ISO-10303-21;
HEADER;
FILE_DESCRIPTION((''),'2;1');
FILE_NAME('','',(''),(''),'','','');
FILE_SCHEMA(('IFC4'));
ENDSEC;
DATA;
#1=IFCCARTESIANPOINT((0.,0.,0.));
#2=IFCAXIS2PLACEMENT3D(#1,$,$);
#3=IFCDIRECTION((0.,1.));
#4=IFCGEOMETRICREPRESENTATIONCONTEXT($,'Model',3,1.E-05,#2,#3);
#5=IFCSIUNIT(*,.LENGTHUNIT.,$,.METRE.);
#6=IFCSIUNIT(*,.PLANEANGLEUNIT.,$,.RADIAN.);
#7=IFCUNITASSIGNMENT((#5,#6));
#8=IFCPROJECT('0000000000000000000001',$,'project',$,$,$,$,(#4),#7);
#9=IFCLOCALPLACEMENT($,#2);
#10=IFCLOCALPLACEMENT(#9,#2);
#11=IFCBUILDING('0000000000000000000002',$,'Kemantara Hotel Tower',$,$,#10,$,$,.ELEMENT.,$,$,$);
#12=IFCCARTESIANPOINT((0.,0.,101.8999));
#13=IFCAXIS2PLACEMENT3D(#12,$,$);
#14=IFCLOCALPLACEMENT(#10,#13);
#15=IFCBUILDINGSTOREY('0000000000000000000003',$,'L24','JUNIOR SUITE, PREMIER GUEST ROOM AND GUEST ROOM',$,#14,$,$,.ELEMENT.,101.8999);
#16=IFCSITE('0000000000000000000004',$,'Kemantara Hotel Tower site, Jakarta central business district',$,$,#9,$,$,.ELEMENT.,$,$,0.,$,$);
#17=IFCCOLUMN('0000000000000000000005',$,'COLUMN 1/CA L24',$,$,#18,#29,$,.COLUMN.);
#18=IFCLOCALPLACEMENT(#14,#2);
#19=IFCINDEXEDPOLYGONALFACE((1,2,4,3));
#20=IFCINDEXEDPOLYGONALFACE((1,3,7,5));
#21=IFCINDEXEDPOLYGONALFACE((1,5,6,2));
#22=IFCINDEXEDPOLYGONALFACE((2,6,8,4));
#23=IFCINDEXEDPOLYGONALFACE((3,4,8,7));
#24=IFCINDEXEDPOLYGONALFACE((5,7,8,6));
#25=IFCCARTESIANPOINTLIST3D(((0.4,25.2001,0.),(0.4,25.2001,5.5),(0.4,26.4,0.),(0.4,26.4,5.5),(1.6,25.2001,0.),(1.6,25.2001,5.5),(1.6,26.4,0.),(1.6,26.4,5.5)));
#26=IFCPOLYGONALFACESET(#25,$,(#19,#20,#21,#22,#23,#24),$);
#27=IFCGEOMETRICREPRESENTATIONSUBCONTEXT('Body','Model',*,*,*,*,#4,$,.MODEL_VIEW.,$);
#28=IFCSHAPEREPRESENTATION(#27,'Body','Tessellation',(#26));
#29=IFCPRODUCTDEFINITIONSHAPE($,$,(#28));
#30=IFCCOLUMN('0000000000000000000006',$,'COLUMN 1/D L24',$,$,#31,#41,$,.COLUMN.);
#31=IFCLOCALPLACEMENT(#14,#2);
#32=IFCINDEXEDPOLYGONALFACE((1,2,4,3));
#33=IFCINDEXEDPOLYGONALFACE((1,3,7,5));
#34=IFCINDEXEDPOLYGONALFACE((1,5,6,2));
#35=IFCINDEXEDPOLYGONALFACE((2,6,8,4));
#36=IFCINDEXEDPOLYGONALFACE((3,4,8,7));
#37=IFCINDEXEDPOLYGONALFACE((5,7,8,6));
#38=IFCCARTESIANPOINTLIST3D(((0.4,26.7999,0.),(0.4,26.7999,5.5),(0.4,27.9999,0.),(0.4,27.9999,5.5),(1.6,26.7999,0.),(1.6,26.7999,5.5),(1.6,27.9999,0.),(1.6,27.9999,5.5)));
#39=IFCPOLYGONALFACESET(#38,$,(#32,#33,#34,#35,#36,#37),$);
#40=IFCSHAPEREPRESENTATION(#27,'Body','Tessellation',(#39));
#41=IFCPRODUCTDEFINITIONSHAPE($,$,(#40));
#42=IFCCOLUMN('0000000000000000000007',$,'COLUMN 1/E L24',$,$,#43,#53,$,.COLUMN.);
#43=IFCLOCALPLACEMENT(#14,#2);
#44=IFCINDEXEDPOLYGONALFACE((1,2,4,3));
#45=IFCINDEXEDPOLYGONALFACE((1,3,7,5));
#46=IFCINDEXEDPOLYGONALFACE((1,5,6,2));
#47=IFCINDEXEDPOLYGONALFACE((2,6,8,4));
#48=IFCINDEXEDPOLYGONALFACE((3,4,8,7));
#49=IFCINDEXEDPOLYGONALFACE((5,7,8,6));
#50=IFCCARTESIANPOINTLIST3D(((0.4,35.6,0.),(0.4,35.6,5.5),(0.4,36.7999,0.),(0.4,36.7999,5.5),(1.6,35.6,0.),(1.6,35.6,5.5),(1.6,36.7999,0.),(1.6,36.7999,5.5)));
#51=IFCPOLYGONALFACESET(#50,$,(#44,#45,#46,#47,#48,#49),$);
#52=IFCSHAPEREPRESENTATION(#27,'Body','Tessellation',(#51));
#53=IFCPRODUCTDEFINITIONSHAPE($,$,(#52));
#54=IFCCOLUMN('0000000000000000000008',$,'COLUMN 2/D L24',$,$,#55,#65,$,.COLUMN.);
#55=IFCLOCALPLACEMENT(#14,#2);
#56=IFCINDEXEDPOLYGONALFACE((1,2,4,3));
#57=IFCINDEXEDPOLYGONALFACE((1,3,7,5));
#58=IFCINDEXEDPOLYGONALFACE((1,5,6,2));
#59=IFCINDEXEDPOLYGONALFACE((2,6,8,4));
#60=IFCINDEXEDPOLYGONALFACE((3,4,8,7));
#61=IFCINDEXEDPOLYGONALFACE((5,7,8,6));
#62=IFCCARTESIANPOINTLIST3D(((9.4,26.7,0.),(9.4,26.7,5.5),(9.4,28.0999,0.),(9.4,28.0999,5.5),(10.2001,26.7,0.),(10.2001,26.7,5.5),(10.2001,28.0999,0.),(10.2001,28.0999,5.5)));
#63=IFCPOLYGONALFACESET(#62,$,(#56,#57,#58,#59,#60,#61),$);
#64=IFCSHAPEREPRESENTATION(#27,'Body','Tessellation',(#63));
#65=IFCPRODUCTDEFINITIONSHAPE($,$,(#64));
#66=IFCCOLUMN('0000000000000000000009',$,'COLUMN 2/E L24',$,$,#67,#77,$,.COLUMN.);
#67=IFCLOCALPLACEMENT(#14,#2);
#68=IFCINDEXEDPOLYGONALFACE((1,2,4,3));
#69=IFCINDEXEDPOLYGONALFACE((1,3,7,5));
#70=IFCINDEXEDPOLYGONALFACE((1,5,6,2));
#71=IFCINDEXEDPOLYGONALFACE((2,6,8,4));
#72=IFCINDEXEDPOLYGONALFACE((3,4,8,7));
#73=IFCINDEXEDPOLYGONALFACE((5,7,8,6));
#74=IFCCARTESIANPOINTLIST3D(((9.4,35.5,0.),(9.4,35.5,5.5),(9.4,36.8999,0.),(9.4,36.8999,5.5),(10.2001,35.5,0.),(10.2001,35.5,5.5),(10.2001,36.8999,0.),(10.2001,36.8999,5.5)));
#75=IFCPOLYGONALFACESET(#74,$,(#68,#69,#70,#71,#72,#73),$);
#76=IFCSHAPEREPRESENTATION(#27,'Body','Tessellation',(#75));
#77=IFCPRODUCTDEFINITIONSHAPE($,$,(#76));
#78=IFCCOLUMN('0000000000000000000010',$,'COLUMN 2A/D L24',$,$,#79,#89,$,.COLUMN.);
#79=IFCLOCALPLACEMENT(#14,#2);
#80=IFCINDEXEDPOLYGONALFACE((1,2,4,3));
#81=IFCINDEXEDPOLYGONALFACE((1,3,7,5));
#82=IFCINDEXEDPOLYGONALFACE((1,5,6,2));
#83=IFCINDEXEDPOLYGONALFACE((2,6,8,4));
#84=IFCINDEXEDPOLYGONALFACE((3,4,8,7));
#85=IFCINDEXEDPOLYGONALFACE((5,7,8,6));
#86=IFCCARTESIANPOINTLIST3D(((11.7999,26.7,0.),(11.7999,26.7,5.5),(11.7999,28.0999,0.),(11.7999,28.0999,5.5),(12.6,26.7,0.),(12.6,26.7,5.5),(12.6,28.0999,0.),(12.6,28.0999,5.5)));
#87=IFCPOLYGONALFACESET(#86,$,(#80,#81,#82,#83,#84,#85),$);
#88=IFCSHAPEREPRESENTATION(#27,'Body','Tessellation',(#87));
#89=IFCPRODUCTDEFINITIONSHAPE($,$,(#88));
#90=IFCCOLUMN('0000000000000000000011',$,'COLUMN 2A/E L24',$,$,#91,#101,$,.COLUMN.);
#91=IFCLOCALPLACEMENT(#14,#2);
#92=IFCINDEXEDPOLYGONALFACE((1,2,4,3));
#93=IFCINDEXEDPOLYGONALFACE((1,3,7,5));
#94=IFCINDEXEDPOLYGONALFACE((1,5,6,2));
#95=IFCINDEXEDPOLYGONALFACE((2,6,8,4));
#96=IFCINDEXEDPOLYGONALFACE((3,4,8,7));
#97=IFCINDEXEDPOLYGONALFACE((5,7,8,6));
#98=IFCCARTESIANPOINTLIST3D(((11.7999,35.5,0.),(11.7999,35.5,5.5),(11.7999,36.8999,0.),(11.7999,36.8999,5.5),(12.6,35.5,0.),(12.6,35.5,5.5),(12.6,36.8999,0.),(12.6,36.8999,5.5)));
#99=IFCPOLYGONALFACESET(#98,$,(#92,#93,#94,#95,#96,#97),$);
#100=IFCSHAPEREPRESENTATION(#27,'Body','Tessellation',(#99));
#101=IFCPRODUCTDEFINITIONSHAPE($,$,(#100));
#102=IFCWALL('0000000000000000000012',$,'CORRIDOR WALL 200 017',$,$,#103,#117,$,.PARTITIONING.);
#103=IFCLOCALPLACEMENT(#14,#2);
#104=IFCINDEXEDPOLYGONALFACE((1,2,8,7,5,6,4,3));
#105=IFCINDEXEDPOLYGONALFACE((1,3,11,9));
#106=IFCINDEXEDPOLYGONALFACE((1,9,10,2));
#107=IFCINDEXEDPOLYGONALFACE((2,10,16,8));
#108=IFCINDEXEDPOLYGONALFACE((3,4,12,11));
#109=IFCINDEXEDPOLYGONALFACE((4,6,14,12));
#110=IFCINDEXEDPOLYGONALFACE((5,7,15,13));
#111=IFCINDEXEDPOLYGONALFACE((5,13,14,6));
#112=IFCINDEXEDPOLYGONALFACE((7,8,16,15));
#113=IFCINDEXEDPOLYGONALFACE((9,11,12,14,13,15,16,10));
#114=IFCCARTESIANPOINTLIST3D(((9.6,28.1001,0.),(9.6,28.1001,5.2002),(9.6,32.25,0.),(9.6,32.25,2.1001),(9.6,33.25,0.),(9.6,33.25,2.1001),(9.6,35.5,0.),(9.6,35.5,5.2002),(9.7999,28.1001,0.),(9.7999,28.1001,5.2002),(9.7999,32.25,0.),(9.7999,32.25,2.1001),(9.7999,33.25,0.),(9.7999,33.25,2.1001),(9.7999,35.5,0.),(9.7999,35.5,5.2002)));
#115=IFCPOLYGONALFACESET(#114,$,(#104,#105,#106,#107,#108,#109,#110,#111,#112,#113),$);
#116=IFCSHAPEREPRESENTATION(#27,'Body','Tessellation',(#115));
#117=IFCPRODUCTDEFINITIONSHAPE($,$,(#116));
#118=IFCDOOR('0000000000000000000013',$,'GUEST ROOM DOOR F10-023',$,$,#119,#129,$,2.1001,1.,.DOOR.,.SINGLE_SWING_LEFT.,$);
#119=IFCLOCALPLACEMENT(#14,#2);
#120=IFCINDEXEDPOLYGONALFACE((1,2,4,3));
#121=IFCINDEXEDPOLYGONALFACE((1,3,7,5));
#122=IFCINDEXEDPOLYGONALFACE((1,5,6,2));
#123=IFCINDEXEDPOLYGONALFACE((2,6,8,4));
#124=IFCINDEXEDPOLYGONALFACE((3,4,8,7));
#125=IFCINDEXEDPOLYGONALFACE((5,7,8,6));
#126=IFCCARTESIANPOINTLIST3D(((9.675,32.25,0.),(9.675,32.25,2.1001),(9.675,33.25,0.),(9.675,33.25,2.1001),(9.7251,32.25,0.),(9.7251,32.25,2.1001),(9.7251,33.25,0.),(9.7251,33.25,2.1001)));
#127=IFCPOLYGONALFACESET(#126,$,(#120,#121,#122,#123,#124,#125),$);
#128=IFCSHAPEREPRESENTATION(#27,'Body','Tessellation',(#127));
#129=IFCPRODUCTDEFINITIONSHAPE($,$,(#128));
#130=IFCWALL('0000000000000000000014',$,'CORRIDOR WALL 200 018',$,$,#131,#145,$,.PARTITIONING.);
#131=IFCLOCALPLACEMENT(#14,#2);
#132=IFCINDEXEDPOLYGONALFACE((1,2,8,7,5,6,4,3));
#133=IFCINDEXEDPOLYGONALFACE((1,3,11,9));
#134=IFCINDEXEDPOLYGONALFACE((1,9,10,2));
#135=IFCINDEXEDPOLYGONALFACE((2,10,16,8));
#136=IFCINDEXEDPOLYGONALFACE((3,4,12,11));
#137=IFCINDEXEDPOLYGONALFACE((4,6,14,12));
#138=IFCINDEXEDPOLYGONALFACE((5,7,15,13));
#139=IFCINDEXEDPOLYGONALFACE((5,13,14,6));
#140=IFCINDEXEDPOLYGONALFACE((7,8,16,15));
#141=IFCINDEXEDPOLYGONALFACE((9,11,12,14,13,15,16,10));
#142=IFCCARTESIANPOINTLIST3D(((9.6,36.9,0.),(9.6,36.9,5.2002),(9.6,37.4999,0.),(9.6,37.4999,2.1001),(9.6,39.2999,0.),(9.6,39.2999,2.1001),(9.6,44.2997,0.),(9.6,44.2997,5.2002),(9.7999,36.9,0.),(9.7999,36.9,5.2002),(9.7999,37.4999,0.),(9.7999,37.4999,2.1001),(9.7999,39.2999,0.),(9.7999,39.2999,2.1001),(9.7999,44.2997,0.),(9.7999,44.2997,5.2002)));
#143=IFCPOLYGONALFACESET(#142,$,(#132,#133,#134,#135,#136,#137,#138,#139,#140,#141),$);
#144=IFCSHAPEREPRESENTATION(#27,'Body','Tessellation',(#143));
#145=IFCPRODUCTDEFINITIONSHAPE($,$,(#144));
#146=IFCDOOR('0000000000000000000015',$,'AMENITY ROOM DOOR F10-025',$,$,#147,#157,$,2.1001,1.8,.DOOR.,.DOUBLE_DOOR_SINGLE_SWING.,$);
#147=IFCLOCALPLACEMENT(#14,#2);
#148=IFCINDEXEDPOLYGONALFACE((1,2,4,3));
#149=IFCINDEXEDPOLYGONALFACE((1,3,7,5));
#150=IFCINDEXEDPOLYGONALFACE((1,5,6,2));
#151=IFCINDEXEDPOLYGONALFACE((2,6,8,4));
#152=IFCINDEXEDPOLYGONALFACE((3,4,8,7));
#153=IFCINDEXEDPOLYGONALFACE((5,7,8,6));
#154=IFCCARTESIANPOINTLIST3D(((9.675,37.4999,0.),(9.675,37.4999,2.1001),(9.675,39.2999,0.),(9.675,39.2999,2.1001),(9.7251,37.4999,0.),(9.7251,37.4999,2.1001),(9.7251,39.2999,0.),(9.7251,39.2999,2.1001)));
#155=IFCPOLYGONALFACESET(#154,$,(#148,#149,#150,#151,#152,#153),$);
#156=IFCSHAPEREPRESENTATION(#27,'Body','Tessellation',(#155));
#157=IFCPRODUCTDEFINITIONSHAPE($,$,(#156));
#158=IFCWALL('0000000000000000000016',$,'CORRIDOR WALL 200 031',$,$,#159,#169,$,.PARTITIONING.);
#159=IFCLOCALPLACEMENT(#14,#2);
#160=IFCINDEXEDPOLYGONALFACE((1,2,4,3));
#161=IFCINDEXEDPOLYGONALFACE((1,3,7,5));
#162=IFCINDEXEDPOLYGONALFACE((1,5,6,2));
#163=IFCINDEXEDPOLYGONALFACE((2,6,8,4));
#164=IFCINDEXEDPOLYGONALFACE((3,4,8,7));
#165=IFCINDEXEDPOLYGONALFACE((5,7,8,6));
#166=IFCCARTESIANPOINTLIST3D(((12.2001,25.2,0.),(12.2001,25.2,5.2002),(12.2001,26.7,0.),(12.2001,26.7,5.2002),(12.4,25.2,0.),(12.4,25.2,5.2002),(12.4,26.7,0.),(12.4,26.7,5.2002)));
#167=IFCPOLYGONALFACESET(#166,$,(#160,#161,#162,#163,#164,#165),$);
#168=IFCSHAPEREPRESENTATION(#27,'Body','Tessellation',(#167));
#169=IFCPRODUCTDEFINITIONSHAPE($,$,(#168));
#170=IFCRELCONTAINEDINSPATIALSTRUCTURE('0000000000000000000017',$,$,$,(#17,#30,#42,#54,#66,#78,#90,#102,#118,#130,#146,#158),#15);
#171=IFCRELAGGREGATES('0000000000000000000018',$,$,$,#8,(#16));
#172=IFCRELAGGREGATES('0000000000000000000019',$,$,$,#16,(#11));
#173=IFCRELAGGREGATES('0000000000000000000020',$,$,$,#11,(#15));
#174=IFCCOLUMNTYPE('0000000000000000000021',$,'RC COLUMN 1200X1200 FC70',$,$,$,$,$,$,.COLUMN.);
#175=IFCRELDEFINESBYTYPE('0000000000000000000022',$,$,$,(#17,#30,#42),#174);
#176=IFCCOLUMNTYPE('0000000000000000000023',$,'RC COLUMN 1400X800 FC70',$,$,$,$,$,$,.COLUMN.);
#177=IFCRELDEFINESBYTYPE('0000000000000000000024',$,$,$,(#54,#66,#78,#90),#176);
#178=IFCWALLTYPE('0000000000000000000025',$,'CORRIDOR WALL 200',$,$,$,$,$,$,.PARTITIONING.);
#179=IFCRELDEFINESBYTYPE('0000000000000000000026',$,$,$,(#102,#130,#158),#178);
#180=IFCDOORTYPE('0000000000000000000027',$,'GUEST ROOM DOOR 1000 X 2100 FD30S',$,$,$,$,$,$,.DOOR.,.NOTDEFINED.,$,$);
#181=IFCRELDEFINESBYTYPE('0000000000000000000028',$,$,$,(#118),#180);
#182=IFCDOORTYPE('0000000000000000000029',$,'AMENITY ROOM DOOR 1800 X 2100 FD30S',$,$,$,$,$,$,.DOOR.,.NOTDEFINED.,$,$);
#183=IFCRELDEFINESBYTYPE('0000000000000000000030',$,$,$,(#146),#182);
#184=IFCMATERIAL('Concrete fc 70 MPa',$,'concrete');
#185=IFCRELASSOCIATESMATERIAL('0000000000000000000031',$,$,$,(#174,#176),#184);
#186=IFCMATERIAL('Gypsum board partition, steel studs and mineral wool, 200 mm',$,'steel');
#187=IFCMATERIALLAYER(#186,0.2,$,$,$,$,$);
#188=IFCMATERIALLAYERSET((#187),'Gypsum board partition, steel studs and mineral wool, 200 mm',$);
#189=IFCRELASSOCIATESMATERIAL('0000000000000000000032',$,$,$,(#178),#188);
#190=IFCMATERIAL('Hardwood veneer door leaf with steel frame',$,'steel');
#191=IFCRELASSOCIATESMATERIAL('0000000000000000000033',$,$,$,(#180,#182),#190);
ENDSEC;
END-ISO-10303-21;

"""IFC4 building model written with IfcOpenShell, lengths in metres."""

from ifc_helpers import new_model, si_unit, direction, frame, frame_2d, origin, origin_2d, place, context, subcontext, project, spatial, rectangle, extrude, material, layer, layer_set, material_profile, profile_set, type_object, element, fill, save


model = new_model("IFC4")

# Units and contexts
model_context = context("Model", 3, precision=1e-05, world=origin(), true_north=direction((0.0, 1.0)))
body_context = subcontext(model_context, "Body", "Model", "MODEL_VIEW")
ifc_project = project(units=[si_unit("LENGTHUNIT", "METRE"), si_unit("PLANEANGLEUNIT", "RADIAN")], contexts=[model_context])

# Site, building, storey
site_placement = place(None, origin())
site = spatial("IfcSite", under=ifc_project, at=site_placement, Name="Kemantara Hotel Tower site, Jakarta central business district", CompositionType="ELEMENT", RefElevation=0.0)
building_placement = place(site_placement, origin())
building = spatial("IfcBuilding", under=site, at=building_placement, Name="Kemantara Hotel Tower", CompositionType="ELEMENT")
storey_placement = place(building_placement, frame((0.0, 0.0, 101.8999)))
storey = spatial("IfcBuildingStorey", under=building, at=storey_placement, Name="L24", Description="JUNIOR SUITE, PREMIER GUEST ROOM AND GUEST ROOM", CompositionType="ELEMENT", Elevation=101.8999)

# Columns
ifc_material_1 = material(Name="Concrete fc 70 MPa", Category="concrete")
ifc_material_profile_1 = material_profile(ifc_material_1, rectangle(XDim=1.2, YDim=1.2, at=origin_2d()), Name="RC 1200X1200")
ifc_profile_set_1 = profile_set([ifc_material_profile_1], Name="Concrete fc 70 MPa")
column_type_1 = type_object("IfcColumnType", Name="RC COLUMN 1200X1200 FC70", PredefinedType="COLUMN", material=ifc_profile_set_1)
for number, where, z_axis, x_axis, name in (
    (1, (1.0, 25.8, 0.0), (0.0, 0.0, 1.0), (1.0, 0.0, 0.0), "COLUMN 1/CA L24"),
    (2, (1.0, 27.3999, 0.0), (0.0, 0.0, 1.0), (1.0, 0.0, 0.0), "COLUMN 1/D L24"),
    (3, (1.0, 36.2, 0.0), (0.0, 0.0, 1.0), (1.0, 0.0, 0.0), "COLUMN 1/E L24"),
):
    element("IfcColumn", number, at=place(storey_placement, frame(where, z_axis=z_axis, x_axis=x_axis)), inside=storey, type_object=column_type_1, Name=name, PredefinedType="COLUMN", context=body_context, shape_type="SweptSolid", body=[
        extrude(rectangle(XDim=1.2, YDim=1.2, at=origin_2d()), origin(), (0.0, 0.0, 1.0), 5.5),
    ])
ifc_material_profile_2 = material_profile(ifc_material_1, rectangle(XDim=1.3999, YDim=0.8, at=origin_2d()), Name="RC 1400X800")
ifc_profile_set_2 = profile_set([ifc_material_profile_2], Name="Concrete fc 70 MPa")
column_type_2 = type_object("IfcColumnType", Name="RC COLUMN 1400X800 FC70", PredefinedType="COLUMN", material=ifc_profile_set_2)
for number, where, z_axis, x_axis, name in (
    (4, (9.8, 27.3999, 0.0), (0.0, 0.0, 1.0), (0.0, 1.0, 0.0), "COLUMN 2/D L24"),
    (5, (9.8, 36.2, 0.0), (0.0, 0.0, 1.0), (0.0, 1.0, 0.0), "COLUMN 2/E L24"),
    (6, (12.2, 27.3999, 0.0), (0.0, 0.0, 1.0), (0.0, 1.0, 0.0), "COLUMN 2A/D L24"),
    (7, (12.2, 36.2, 0.0), (0.0, 0.0, 1.0), (0.0, 1.0, 0.0), "COLUMN 2A/E L24"),
):
    element("IfcColumn", number, at=place(storey_placement, frame(where, z_axis=z_axis, x_axis=x_axis)), inside=storey, type_object=column_type_2, Name=name, PredefinedType="COLUMN", context=body_context, shape_type="SweptSolid", body=[
        extrude(rectangle(XDim=1.3999, YDim=0.8, at=origin_2d()), origin(), (0.0, 0.0, 1.0), 5.5),
    ])

# Walls, openings, doors
ifc_material_2 = material(Name="Gypsum board partition, steel studs and mineral wool, 200 mm", Category="steel")
ifc_layer_1 = layer(ifc_material_2, 0.2)
ifc_layer_set_1 = layer_set([ifc_layer_1], Name="Gypsum board partition, steel studs and mineral wool, 200 mm")
wall_type_1 = type_object("IfcWallType", Name="CORRIDOR WALL 200", PredefinedType="PARTITIONING", material=ifc_layer_set_1)
wall_1_placement = place(storey_placement, frame((9.7, 28.1001, 0.0), z_axis=(0.0, 0.0, 1.0), x_axis=(0.0, 1.0, 0.0)))
wall_1 = element("IfcWall", 8, at=wall_1_placement, inside=storey, type_object=wall_type_1, Name="CORRIDOR WALL 200 017", PredefinedType="PARTITIONING", context=body_context, shape_type="SweptSolid", body=[
    extrude(rectangle(XDim=7.3999, YDim=0.2, at=frame_2d((3.7, 0.0))), origin(), (0.0, 0.0, 1.0), 5.2002),
])
opening_1_placement = place(wall_1_placement, frame((4.1499, 0.0, 0.0)))
opening_1 = element("IfcOpeningElement", 9, at=opening_1_placement, cuts=wall_1, PredefinedType="OPENING", context=body_context, shape_type="SweptSolid", body=[
    extrude(rectangle(XDim=1.0, YDim=2.1001, at=frame_2d((0.5, 1.05))), frame((0.0, 0.1099, 0.0), z_axis=(0.0, -1.0, 0.0), x_axis=(1.0, 0.0, 0.0)), (0.0, 0.0, 1.0), 0.22),
])
ifc_material_3 = material(Name="Hardwood veneer door leaf with steel frame", Category="steel")
door_type_1 = type_object("IfcDoorType", Name="GUEST ROOM DOOR 1000 X 2100 FD30S", OperationType="NOTDEFINED", PredefinedType="DOOR", material=ifc_material_3)
door_1_placement = place(opening_1_placement, origin())
door_1 = element("IfcDoor", 10, at=door_1_placement, inside=storey, type_object=door_type_1, Name="GUEST ROOM DOOR F10-023", OperationType="SINGLE_SWING_LEFT", OverallHeight=2.1001, OverallWidth=1.0, PredefinedType="DOOR", context=body_context, shape_type="SweptSolid", body=[
    extrude(rectangle(XDim=1.0, YDim=2.1001, at=frame_2d((0.5, 1.05))), frame((0.0, 0.0249, 0.0), z_axis=(0.0, -1.0, 0.0), x_axis=(1.0, 0.0, 0.0)), (0.0, 0.0, 1.0), 0.05),
])
fill(opening_1, door_1)
wall_2_placement = place(storey_placement, frame((9.7, 36.9001, 0.0), z_axis=(0.0, 0.0, 1.0), x_axis=(0.0, 1.0, 0.0)))
wall_2 = element("IfcWall", 11, at=wall_2_placement, inside=storey, type_object=wall_type_1, Name="CORRIDOR WALL 200 018", PredefinedType="PARTITIONING", context=body_context, shape_type="SweptSolid", body=[
    extrude(rectangle(XDim=7.3997, YDim=0.2, at=frame_2d((3.6997, 0.0))), origin(), (0.0, 0.0, 1.0), 5.2002),
])
opening_2_placement = place(wall_2_placement, frame((0.5999, 0.0, 0.0)))
opening_2 = element("IfcOpeningElement", 12, at=opening_2_placement, cuts=wall_2, PredefinedType="OPENING", context=body_context, shape_type="SweptSolid", body=[
    extrude(rectangle(XDim=1.8, YDim=2.1001, at=frame_2d((0.8999, 1.05))), frame((0.0, 0.1099, 0.0), z_axis=(0.0, -1.0, 0.0), x_axis=(1.0, 0.0, 0.0)), (0.0, 0.0, 1.0), 0.22),
])
door_type_2 = type_object("IfcDoorType", Name="AMENITY ROOM DOOR 1800 X 2100 FD30S", OperationType="NOTDEFINED", PredefinedType="DOOR", material=ifc_material_3)
door_2_placement = place(opening_2_placement, origin())
door_2 = element("IfcDoor", 13, at=door_2_placement, inside=storey, type_object=door_type_2, Name="AMENITY ROOM DOOR F10-025", OperationType="DOUBLE_DOOR_SINGLE_SWING", OverallHeight=2.1001, OverallWidth=1.8, PredefinedType="DOOR", context=body_context, shape_type="SweptSolid", body=[
    extrude(rectangle(XDim=1.8, YDim=2.1001, at=frame_2d((0.8999, 1.05))), frame((0.0, 0.0249, 0.0), z_axis=(0.0, -1.0, 0.0), x_axis=(1.0, 0.0, 0.0)), (0.0, 0.0, 1.0), 0.05),
])
fill(opening_2, door_2)

# Wall
wall_3_placement = place(storey_placement, frame((12.3, 25.2, 0.0), z_axis=(0.0, 0.0, 1.0), x_axis=(0.0, 1.0, 0.0)))
element("IfcWall", 14, at=wall_3_placement, inside=storey, type_object=wall_type_1, Name="CORRIDOR WALL 200 031", PredefinedType="PARTITIONING", context=body_context, shape_type="SweptSolid", body=[
    extrude(rectangle(XDim=1.5, YDim=0.2, at=frame_2d((0.75, 0.0))), origin(), (0.0, 0.0, 1.0), 5.2002),
])

save(model, "model.ifc")
